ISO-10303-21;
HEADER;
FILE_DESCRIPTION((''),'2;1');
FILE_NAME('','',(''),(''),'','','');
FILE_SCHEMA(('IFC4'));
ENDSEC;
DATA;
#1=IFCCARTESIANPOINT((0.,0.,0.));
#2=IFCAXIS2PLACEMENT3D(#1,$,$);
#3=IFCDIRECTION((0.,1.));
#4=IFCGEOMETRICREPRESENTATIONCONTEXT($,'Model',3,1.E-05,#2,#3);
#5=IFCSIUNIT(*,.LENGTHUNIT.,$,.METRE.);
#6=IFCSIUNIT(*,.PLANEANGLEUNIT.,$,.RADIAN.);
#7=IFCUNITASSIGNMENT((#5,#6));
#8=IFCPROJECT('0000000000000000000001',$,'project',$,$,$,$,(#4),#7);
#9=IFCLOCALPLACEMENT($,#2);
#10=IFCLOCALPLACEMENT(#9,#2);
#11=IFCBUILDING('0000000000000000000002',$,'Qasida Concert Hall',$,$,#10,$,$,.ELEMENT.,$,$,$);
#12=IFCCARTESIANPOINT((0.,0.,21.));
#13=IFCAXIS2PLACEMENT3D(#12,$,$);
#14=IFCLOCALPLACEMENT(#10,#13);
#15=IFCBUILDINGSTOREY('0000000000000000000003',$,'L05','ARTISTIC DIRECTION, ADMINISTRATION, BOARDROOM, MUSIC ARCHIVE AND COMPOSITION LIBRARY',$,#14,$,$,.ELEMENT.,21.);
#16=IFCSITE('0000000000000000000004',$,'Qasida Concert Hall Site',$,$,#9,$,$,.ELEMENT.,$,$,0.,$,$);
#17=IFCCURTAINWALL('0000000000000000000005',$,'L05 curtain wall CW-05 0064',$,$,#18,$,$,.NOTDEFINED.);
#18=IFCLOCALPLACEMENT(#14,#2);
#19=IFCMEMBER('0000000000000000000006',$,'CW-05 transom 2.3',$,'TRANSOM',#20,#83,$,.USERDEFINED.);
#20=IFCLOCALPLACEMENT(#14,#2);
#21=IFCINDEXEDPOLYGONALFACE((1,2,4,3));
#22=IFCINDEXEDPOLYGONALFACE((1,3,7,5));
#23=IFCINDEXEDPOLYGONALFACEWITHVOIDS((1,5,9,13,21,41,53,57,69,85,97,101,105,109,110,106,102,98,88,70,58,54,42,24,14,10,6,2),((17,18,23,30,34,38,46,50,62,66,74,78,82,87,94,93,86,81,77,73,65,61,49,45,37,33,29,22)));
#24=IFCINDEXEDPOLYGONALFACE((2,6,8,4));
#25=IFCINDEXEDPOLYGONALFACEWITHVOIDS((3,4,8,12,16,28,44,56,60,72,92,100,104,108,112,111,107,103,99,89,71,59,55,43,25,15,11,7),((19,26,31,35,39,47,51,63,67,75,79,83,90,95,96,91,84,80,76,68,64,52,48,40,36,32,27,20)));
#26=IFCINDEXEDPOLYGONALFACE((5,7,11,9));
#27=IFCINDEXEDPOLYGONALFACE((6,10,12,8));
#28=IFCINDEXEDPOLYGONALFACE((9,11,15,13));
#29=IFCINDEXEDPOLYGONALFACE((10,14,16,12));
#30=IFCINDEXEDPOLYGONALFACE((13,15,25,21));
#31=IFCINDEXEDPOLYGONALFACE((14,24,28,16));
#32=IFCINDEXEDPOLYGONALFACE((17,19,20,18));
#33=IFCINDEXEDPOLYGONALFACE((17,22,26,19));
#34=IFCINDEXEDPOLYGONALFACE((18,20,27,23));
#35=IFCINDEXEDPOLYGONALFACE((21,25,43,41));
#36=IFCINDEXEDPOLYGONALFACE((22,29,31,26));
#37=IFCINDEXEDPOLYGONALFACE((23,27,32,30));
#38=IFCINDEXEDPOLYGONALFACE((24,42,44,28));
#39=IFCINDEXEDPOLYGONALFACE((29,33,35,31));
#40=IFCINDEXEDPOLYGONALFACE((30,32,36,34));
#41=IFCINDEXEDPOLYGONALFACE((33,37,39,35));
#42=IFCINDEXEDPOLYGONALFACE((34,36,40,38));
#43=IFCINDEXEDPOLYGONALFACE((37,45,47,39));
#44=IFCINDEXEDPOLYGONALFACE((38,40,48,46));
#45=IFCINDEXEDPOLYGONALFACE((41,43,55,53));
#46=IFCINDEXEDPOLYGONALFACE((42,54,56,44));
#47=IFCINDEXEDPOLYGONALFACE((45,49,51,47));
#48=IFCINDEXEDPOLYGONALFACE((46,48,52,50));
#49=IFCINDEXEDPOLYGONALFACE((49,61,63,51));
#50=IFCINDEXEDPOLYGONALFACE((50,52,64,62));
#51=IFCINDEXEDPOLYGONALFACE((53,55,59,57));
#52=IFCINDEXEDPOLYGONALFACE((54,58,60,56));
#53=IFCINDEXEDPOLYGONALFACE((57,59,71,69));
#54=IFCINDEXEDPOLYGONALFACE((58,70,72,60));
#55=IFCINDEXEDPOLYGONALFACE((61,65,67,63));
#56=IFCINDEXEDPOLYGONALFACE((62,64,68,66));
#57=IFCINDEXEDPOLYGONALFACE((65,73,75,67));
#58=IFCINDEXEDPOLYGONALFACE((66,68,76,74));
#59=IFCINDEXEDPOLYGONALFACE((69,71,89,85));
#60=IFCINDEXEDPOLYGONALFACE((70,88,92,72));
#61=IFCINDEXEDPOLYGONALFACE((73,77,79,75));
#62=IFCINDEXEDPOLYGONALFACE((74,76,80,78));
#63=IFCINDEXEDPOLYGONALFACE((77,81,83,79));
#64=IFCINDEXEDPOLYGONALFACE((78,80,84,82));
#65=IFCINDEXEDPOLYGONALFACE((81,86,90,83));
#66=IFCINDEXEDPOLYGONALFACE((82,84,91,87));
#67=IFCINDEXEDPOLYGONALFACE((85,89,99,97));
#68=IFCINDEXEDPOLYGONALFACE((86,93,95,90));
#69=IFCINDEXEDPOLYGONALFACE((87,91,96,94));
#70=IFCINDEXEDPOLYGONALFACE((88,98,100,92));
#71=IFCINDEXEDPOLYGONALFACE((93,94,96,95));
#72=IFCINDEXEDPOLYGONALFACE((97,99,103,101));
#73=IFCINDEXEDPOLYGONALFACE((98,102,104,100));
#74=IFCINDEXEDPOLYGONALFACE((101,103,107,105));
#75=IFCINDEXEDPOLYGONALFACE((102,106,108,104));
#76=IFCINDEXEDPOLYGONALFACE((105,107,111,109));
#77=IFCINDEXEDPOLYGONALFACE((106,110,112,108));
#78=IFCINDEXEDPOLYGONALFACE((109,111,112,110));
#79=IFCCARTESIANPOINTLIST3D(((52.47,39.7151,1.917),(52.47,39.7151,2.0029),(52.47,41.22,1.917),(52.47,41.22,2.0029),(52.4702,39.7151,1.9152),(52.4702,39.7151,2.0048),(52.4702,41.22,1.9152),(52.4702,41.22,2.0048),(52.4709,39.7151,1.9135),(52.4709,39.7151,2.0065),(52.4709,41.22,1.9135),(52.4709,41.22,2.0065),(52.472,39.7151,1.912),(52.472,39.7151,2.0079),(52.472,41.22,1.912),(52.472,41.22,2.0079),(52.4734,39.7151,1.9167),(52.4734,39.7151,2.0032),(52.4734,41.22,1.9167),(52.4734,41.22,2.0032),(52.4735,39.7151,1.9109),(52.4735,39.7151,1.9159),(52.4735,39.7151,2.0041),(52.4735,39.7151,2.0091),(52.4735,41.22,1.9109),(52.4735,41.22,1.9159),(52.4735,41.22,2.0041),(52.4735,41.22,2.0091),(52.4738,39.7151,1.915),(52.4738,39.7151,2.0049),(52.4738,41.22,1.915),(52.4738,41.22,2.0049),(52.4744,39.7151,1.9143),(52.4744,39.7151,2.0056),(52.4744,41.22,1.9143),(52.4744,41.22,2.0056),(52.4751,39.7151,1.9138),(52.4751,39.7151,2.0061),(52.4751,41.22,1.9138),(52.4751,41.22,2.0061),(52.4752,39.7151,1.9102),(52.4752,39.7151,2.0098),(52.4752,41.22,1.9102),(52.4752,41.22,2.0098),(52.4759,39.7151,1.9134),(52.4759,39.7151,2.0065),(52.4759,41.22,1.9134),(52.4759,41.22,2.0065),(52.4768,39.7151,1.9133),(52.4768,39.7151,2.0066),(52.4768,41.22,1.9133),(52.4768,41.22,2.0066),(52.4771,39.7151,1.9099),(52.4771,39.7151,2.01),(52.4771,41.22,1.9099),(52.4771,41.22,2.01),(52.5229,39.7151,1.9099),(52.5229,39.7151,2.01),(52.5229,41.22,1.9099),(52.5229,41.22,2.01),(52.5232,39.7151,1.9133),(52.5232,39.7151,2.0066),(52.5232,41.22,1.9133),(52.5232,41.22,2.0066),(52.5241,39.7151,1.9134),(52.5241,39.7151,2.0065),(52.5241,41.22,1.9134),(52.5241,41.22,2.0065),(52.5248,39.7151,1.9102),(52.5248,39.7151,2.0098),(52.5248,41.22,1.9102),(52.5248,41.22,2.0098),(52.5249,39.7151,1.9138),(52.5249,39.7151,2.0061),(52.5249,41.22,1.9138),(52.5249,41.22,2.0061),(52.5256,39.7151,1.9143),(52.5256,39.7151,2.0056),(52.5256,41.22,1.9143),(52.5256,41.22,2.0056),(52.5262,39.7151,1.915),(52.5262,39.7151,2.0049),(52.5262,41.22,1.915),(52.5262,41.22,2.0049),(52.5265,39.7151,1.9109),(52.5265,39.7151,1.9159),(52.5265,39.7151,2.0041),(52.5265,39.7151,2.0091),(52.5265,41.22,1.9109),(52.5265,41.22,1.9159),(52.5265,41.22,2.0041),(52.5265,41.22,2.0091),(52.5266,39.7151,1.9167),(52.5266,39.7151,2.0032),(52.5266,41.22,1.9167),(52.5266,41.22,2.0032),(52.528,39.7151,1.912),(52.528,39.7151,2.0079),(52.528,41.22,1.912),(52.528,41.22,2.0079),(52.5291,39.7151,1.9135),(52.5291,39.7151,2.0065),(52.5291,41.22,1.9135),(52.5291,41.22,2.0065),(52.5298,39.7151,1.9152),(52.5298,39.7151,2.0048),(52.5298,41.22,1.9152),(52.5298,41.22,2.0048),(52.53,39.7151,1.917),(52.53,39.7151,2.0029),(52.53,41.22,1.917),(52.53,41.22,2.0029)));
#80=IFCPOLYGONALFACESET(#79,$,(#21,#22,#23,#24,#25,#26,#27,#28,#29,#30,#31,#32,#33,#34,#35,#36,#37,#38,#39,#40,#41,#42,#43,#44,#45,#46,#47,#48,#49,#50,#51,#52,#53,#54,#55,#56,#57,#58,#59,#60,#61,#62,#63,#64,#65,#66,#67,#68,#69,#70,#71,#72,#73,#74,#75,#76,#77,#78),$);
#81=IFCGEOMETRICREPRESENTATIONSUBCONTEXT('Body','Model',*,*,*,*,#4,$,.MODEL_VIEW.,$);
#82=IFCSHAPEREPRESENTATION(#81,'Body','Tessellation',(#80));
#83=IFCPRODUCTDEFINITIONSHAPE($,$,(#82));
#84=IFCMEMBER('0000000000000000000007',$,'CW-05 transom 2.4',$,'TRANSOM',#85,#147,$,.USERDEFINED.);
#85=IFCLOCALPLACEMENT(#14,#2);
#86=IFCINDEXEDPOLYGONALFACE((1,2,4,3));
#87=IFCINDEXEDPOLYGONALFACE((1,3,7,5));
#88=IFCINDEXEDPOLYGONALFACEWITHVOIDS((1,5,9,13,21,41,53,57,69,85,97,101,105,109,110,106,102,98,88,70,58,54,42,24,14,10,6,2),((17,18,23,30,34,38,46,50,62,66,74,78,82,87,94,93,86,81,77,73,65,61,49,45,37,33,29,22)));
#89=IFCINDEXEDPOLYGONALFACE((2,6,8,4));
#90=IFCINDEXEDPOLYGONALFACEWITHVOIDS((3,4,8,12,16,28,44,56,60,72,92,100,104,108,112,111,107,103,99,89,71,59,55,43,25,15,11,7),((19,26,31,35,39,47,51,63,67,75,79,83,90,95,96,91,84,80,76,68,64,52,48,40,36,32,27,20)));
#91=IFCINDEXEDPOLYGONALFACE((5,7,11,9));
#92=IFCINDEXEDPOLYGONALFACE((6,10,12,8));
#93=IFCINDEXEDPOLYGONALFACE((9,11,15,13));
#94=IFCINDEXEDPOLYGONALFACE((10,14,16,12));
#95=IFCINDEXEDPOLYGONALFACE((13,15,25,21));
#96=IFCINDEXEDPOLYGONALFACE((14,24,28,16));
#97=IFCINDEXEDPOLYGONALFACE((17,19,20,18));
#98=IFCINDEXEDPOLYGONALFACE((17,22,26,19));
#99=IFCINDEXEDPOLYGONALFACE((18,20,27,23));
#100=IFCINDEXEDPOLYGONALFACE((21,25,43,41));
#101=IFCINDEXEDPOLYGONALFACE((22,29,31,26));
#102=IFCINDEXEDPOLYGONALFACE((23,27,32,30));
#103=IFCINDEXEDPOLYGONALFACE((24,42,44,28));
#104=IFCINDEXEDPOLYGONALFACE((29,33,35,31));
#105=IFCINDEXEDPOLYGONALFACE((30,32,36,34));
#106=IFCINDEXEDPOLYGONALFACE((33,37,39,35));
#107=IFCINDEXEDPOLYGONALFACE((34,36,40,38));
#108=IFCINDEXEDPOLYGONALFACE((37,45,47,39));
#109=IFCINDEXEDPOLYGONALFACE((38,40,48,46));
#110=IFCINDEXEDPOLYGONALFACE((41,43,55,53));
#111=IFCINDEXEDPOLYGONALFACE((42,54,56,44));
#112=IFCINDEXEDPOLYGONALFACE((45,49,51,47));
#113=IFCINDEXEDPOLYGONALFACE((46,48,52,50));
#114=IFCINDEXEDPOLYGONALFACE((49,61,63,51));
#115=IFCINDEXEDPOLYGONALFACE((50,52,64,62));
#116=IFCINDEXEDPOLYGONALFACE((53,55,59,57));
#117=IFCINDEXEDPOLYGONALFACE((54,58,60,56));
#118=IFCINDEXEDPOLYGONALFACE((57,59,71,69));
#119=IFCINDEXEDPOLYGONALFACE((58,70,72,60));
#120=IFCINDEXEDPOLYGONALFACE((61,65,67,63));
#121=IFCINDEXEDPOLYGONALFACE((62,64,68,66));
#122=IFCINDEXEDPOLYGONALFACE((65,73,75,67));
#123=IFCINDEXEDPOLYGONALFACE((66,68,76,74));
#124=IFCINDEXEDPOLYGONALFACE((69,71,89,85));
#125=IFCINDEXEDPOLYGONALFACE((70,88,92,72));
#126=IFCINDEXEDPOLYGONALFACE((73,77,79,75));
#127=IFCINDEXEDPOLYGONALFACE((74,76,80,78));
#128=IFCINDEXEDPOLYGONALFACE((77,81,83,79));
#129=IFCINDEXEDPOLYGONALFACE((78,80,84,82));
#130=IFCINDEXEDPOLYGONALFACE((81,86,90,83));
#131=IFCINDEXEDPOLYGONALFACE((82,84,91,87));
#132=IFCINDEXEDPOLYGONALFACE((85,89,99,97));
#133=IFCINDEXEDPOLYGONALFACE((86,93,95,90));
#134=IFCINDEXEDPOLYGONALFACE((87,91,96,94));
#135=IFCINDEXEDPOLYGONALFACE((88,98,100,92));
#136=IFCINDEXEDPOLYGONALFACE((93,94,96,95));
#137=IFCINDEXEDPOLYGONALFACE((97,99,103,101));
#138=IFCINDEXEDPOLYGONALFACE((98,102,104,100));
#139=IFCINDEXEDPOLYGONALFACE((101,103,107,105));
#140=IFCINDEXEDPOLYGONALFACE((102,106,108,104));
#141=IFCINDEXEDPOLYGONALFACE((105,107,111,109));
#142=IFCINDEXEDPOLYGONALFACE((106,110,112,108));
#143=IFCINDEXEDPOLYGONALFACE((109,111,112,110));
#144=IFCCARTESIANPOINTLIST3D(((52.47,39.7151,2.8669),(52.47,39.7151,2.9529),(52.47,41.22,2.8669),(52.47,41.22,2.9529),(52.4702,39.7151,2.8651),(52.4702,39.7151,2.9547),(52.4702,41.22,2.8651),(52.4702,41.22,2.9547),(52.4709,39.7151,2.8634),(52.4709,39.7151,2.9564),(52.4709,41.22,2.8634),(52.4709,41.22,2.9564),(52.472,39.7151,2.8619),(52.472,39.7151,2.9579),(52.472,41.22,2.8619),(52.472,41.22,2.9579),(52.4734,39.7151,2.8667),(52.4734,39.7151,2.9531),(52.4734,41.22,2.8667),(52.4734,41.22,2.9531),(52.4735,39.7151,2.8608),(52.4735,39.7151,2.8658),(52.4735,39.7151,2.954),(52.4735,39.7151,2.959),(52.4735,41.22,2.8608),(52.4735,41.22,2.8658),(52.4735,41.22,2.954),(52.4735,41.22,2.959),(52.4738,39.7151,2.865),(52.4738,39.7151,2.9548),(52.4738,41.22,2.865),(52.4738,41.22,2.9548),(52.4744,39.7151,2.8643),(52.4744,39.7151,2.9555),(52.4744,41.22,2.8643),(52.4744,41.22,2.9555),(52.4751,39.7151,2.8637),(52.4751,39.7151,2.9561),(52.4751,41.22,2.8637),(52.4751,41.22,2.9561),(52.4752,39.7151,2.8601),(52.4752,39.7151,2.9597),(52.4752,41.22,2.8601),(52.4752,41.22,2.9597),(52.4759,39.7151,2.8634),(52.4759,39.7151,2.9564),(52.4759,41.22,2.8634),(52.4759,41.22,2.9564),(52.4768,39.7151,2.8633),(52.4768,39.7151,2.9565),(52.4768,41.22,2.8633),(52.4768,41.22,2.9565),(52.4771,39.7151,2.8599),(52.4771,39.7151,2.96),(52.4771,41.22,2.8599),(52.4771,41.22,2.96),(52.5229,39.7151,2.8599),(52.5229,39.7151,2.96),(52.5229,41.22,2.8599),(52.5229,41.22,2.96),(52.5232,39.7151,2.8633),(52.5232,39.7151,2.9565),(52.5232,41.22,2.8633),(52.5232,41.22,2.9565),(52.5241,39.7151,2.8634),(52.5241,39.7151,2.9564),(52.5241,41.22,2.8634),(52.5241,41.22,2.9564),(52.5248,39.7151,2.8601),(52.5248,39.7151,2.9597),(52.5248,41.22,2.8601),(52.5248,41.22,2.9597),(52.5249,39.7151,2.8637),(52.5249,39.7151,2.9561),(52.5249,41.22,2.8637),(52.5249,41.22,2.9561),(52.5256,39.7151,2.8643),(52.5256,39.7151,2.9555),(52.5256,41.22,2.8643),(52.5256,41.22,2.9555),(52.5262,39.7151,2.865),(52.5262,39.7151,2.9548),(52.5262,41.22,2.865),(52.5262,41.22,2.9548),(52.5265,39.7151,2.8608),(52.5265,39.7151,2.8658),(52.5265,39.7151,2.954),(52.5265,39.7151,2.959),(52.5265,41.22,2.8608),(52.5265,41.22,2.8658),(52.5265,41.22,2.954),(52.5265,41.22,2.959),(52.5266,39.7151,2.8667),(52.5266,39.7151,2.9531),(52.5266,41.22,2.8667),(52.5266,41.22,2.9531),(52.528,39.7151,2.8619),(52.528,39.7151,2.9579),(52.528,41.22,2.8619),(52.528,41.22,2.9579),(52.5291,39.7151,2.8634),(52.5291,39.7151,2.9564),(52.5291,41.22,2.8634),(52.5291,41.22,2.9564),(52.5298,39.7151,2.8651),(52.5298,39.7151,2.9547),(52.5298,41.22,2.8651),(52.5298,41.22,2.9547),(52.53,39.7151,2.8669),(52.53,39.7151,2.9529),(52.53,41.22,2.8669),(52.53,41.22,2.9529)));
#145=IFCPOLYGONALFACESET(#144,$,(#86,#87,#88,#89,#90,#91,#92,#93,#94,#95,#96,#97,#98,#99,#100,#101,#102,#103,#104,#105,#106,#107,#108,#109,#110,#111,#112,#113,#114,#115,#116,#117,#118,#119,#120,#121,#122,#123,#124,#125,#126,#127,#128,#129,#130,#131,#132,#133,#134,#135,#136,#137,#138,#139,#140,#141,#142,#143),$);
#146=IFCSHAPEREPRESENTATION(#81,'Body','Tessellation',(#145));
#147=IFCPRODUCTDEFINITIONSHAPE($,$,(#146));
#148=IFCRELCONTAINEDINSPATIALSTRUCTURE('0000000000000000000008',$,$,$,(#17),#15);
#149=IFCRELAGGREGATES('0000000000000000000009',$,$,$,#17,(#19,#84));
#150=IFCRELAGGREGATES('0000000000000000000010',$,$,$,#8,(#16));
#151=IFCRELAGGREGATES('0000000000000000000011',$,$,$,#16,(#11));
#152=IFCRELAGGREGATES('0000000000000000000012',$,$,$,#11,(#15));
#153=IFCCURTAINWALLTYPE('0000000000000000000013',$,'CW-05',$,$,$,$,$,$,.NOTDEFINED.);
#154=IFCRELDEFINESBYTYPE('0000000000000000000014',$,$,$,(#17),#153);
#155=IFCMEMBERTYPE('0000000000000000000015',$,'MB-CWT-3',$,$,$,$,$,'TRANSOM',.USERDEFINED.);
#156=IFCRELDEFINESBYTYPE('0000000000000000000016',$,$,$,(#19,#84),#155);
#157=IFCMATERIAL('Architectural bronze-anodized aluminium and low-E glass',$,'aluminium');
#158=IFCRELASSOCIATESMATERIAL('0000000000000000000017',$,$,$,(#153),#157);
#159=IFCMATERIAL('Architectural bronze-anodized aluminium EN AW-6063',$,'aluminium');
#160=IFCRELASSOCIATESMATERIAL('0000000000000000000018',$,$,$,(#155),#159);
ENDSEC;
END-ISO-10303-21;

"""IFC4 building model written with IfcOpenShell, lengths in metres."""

from ifc_helpers import new_model, si_unit, direction, frame, origin, origin_2d, place, context, subcontext, project, spatial, hollow_rectangle, extrude, material, material_profile, profile_set, type_object, element, aggregate, save


model = new_model("IFC4")

# Units and contexts
model_context = context("Model", 3, precision=1e-05, world=origin(), true_north=direction((0.0, 1.0)))
body_context = subcontext(model_context, "Body", "Model", "MODEL_VIEW")
ifc_project = project(units=[si_unit("LENGTHUNIT", "METRE"), si_unit("PLANEANGLEUNIT", "RADIAN")], contexts=[model_context])

# Site, building, storey
site_placement = place(None, origin())
site = spatial("IfcSite", under=ifc_project, at=site_placement, Name="Qasida Concert Hall Site", CompositionType="ELEMENT", RefElevation=0.0)
building_placement = place(site_placement, origin())
building = spatial("IfcBuilding", under=site, at=building_placement, Name="Qasida Concert Hall", CompositionType="ELEMENT")
storey_placement = place(building_placement, frame((0.0, 0.0, 21.0)))
storey = spatial("IfcBuildingStorey", under=building, at=storey_placement, Name="L05", Description="ARTISTIC DIRECTION, ADMINISTRATION, BOARDROOM, MUSIC ARCHIVE AND COMPOSITION LIBRARY", CompositionType="ELEMENT", Elevation=21.0)

# Curtain wall, members
ifc_material_1 = material(Name="Architectural bronze-anodized aluminium and low-E glass", Category="aluminium")
curtain_wall_type = type_object("IfcCurtainWallType", Name="CW-05", PredefinedType="NOTDEFINED", material=ifc_material_1)
curtain_wall_placement = place(storey_placement, origin())
curtain_wall = element("IfcCurtainWall", 1, at=curtain_wall_placement, inside=storey, type_object=curtain_wall_type, Name="L05 curtain wall CW-05 0064", PredefinedType="NOTDEFINED")
ifc_material_2 = material(Name="Architectural bronze-anodized aluminium EN AW-6063", Category="aluminium")
ifc_material_profile_1 = material_profile(ifc_material_2, hollow_rectangle(XDim=0.0601, YDim=0.1001, WallThickness=0.0034, InnerFilletRadius=0.0034, OuterFilletRadius=0.0071, at=origin_2d()), Name="CWT 100x60x3.5")
ifc_profile_set_1 = profile_set([ifc_material_profile_1], Name="Architectural bronze-anodized aluminium EN AW-6063")
member_type_1 = type_object("IfcMemberType", Name="MB-CWT-3", ElementType="TRANSOM", PredefinedType="USERDEFINED", material=ifc_profile_set_1)
member_1_placement = place(storey_placement, frame((52.5, 39.7151, 1.96), z_axis=(0.0, 1.0, 0.0), x_axis=(-1.0, 0.0, 0.0)))
member_1 = element("IfcMember", 2, at=member_1_placement, type_object=member_type_1, Name="CW-05 transom 2.3", ObjectType="TRANSOM", PredefinedType="USERDEFINED", context=body_context, shape_type="SweptSolid", body=[
    extrude(hollow_rectangle(XDim=0.0601, YDim=0.1001, WallThickness=0.0034, InnerFilletRadius=0.0034, OuterFilletRadius=0.0071, at=origin_2d()), origin(), (0.0, 0.0, 1.0), 1.5049),
])
member_2_placement = place(storey_placement, frame((52.5, 39.7151, 2.9099), z_axis=(0.0, 1.0, 0.0), x_axis=(-1.0, 0.0, 0.0)))
member_2 = element("IfcMember", 3, at=member_2_placement, type_object=member_type_1, Name="CW-05 transom 2.4", ObjectType="TRANSOM", PredefinedType="USERDEFINED", context=body_context, shape_type="SweptSolid", body=[
    extrude(hollow_rectangle(XDim=0.0601, YDim=0.1001, WallThickness=0.0034, InnerFilletRadius=0.0034, OuterFilletRadius=0.0071, at=origin_2d()), origin(), (0.0, 0.0, 1.0), 1.5049),
])
aggregate(curtain_wall, [member_1, member_2])

save(model, "model.ifc")
